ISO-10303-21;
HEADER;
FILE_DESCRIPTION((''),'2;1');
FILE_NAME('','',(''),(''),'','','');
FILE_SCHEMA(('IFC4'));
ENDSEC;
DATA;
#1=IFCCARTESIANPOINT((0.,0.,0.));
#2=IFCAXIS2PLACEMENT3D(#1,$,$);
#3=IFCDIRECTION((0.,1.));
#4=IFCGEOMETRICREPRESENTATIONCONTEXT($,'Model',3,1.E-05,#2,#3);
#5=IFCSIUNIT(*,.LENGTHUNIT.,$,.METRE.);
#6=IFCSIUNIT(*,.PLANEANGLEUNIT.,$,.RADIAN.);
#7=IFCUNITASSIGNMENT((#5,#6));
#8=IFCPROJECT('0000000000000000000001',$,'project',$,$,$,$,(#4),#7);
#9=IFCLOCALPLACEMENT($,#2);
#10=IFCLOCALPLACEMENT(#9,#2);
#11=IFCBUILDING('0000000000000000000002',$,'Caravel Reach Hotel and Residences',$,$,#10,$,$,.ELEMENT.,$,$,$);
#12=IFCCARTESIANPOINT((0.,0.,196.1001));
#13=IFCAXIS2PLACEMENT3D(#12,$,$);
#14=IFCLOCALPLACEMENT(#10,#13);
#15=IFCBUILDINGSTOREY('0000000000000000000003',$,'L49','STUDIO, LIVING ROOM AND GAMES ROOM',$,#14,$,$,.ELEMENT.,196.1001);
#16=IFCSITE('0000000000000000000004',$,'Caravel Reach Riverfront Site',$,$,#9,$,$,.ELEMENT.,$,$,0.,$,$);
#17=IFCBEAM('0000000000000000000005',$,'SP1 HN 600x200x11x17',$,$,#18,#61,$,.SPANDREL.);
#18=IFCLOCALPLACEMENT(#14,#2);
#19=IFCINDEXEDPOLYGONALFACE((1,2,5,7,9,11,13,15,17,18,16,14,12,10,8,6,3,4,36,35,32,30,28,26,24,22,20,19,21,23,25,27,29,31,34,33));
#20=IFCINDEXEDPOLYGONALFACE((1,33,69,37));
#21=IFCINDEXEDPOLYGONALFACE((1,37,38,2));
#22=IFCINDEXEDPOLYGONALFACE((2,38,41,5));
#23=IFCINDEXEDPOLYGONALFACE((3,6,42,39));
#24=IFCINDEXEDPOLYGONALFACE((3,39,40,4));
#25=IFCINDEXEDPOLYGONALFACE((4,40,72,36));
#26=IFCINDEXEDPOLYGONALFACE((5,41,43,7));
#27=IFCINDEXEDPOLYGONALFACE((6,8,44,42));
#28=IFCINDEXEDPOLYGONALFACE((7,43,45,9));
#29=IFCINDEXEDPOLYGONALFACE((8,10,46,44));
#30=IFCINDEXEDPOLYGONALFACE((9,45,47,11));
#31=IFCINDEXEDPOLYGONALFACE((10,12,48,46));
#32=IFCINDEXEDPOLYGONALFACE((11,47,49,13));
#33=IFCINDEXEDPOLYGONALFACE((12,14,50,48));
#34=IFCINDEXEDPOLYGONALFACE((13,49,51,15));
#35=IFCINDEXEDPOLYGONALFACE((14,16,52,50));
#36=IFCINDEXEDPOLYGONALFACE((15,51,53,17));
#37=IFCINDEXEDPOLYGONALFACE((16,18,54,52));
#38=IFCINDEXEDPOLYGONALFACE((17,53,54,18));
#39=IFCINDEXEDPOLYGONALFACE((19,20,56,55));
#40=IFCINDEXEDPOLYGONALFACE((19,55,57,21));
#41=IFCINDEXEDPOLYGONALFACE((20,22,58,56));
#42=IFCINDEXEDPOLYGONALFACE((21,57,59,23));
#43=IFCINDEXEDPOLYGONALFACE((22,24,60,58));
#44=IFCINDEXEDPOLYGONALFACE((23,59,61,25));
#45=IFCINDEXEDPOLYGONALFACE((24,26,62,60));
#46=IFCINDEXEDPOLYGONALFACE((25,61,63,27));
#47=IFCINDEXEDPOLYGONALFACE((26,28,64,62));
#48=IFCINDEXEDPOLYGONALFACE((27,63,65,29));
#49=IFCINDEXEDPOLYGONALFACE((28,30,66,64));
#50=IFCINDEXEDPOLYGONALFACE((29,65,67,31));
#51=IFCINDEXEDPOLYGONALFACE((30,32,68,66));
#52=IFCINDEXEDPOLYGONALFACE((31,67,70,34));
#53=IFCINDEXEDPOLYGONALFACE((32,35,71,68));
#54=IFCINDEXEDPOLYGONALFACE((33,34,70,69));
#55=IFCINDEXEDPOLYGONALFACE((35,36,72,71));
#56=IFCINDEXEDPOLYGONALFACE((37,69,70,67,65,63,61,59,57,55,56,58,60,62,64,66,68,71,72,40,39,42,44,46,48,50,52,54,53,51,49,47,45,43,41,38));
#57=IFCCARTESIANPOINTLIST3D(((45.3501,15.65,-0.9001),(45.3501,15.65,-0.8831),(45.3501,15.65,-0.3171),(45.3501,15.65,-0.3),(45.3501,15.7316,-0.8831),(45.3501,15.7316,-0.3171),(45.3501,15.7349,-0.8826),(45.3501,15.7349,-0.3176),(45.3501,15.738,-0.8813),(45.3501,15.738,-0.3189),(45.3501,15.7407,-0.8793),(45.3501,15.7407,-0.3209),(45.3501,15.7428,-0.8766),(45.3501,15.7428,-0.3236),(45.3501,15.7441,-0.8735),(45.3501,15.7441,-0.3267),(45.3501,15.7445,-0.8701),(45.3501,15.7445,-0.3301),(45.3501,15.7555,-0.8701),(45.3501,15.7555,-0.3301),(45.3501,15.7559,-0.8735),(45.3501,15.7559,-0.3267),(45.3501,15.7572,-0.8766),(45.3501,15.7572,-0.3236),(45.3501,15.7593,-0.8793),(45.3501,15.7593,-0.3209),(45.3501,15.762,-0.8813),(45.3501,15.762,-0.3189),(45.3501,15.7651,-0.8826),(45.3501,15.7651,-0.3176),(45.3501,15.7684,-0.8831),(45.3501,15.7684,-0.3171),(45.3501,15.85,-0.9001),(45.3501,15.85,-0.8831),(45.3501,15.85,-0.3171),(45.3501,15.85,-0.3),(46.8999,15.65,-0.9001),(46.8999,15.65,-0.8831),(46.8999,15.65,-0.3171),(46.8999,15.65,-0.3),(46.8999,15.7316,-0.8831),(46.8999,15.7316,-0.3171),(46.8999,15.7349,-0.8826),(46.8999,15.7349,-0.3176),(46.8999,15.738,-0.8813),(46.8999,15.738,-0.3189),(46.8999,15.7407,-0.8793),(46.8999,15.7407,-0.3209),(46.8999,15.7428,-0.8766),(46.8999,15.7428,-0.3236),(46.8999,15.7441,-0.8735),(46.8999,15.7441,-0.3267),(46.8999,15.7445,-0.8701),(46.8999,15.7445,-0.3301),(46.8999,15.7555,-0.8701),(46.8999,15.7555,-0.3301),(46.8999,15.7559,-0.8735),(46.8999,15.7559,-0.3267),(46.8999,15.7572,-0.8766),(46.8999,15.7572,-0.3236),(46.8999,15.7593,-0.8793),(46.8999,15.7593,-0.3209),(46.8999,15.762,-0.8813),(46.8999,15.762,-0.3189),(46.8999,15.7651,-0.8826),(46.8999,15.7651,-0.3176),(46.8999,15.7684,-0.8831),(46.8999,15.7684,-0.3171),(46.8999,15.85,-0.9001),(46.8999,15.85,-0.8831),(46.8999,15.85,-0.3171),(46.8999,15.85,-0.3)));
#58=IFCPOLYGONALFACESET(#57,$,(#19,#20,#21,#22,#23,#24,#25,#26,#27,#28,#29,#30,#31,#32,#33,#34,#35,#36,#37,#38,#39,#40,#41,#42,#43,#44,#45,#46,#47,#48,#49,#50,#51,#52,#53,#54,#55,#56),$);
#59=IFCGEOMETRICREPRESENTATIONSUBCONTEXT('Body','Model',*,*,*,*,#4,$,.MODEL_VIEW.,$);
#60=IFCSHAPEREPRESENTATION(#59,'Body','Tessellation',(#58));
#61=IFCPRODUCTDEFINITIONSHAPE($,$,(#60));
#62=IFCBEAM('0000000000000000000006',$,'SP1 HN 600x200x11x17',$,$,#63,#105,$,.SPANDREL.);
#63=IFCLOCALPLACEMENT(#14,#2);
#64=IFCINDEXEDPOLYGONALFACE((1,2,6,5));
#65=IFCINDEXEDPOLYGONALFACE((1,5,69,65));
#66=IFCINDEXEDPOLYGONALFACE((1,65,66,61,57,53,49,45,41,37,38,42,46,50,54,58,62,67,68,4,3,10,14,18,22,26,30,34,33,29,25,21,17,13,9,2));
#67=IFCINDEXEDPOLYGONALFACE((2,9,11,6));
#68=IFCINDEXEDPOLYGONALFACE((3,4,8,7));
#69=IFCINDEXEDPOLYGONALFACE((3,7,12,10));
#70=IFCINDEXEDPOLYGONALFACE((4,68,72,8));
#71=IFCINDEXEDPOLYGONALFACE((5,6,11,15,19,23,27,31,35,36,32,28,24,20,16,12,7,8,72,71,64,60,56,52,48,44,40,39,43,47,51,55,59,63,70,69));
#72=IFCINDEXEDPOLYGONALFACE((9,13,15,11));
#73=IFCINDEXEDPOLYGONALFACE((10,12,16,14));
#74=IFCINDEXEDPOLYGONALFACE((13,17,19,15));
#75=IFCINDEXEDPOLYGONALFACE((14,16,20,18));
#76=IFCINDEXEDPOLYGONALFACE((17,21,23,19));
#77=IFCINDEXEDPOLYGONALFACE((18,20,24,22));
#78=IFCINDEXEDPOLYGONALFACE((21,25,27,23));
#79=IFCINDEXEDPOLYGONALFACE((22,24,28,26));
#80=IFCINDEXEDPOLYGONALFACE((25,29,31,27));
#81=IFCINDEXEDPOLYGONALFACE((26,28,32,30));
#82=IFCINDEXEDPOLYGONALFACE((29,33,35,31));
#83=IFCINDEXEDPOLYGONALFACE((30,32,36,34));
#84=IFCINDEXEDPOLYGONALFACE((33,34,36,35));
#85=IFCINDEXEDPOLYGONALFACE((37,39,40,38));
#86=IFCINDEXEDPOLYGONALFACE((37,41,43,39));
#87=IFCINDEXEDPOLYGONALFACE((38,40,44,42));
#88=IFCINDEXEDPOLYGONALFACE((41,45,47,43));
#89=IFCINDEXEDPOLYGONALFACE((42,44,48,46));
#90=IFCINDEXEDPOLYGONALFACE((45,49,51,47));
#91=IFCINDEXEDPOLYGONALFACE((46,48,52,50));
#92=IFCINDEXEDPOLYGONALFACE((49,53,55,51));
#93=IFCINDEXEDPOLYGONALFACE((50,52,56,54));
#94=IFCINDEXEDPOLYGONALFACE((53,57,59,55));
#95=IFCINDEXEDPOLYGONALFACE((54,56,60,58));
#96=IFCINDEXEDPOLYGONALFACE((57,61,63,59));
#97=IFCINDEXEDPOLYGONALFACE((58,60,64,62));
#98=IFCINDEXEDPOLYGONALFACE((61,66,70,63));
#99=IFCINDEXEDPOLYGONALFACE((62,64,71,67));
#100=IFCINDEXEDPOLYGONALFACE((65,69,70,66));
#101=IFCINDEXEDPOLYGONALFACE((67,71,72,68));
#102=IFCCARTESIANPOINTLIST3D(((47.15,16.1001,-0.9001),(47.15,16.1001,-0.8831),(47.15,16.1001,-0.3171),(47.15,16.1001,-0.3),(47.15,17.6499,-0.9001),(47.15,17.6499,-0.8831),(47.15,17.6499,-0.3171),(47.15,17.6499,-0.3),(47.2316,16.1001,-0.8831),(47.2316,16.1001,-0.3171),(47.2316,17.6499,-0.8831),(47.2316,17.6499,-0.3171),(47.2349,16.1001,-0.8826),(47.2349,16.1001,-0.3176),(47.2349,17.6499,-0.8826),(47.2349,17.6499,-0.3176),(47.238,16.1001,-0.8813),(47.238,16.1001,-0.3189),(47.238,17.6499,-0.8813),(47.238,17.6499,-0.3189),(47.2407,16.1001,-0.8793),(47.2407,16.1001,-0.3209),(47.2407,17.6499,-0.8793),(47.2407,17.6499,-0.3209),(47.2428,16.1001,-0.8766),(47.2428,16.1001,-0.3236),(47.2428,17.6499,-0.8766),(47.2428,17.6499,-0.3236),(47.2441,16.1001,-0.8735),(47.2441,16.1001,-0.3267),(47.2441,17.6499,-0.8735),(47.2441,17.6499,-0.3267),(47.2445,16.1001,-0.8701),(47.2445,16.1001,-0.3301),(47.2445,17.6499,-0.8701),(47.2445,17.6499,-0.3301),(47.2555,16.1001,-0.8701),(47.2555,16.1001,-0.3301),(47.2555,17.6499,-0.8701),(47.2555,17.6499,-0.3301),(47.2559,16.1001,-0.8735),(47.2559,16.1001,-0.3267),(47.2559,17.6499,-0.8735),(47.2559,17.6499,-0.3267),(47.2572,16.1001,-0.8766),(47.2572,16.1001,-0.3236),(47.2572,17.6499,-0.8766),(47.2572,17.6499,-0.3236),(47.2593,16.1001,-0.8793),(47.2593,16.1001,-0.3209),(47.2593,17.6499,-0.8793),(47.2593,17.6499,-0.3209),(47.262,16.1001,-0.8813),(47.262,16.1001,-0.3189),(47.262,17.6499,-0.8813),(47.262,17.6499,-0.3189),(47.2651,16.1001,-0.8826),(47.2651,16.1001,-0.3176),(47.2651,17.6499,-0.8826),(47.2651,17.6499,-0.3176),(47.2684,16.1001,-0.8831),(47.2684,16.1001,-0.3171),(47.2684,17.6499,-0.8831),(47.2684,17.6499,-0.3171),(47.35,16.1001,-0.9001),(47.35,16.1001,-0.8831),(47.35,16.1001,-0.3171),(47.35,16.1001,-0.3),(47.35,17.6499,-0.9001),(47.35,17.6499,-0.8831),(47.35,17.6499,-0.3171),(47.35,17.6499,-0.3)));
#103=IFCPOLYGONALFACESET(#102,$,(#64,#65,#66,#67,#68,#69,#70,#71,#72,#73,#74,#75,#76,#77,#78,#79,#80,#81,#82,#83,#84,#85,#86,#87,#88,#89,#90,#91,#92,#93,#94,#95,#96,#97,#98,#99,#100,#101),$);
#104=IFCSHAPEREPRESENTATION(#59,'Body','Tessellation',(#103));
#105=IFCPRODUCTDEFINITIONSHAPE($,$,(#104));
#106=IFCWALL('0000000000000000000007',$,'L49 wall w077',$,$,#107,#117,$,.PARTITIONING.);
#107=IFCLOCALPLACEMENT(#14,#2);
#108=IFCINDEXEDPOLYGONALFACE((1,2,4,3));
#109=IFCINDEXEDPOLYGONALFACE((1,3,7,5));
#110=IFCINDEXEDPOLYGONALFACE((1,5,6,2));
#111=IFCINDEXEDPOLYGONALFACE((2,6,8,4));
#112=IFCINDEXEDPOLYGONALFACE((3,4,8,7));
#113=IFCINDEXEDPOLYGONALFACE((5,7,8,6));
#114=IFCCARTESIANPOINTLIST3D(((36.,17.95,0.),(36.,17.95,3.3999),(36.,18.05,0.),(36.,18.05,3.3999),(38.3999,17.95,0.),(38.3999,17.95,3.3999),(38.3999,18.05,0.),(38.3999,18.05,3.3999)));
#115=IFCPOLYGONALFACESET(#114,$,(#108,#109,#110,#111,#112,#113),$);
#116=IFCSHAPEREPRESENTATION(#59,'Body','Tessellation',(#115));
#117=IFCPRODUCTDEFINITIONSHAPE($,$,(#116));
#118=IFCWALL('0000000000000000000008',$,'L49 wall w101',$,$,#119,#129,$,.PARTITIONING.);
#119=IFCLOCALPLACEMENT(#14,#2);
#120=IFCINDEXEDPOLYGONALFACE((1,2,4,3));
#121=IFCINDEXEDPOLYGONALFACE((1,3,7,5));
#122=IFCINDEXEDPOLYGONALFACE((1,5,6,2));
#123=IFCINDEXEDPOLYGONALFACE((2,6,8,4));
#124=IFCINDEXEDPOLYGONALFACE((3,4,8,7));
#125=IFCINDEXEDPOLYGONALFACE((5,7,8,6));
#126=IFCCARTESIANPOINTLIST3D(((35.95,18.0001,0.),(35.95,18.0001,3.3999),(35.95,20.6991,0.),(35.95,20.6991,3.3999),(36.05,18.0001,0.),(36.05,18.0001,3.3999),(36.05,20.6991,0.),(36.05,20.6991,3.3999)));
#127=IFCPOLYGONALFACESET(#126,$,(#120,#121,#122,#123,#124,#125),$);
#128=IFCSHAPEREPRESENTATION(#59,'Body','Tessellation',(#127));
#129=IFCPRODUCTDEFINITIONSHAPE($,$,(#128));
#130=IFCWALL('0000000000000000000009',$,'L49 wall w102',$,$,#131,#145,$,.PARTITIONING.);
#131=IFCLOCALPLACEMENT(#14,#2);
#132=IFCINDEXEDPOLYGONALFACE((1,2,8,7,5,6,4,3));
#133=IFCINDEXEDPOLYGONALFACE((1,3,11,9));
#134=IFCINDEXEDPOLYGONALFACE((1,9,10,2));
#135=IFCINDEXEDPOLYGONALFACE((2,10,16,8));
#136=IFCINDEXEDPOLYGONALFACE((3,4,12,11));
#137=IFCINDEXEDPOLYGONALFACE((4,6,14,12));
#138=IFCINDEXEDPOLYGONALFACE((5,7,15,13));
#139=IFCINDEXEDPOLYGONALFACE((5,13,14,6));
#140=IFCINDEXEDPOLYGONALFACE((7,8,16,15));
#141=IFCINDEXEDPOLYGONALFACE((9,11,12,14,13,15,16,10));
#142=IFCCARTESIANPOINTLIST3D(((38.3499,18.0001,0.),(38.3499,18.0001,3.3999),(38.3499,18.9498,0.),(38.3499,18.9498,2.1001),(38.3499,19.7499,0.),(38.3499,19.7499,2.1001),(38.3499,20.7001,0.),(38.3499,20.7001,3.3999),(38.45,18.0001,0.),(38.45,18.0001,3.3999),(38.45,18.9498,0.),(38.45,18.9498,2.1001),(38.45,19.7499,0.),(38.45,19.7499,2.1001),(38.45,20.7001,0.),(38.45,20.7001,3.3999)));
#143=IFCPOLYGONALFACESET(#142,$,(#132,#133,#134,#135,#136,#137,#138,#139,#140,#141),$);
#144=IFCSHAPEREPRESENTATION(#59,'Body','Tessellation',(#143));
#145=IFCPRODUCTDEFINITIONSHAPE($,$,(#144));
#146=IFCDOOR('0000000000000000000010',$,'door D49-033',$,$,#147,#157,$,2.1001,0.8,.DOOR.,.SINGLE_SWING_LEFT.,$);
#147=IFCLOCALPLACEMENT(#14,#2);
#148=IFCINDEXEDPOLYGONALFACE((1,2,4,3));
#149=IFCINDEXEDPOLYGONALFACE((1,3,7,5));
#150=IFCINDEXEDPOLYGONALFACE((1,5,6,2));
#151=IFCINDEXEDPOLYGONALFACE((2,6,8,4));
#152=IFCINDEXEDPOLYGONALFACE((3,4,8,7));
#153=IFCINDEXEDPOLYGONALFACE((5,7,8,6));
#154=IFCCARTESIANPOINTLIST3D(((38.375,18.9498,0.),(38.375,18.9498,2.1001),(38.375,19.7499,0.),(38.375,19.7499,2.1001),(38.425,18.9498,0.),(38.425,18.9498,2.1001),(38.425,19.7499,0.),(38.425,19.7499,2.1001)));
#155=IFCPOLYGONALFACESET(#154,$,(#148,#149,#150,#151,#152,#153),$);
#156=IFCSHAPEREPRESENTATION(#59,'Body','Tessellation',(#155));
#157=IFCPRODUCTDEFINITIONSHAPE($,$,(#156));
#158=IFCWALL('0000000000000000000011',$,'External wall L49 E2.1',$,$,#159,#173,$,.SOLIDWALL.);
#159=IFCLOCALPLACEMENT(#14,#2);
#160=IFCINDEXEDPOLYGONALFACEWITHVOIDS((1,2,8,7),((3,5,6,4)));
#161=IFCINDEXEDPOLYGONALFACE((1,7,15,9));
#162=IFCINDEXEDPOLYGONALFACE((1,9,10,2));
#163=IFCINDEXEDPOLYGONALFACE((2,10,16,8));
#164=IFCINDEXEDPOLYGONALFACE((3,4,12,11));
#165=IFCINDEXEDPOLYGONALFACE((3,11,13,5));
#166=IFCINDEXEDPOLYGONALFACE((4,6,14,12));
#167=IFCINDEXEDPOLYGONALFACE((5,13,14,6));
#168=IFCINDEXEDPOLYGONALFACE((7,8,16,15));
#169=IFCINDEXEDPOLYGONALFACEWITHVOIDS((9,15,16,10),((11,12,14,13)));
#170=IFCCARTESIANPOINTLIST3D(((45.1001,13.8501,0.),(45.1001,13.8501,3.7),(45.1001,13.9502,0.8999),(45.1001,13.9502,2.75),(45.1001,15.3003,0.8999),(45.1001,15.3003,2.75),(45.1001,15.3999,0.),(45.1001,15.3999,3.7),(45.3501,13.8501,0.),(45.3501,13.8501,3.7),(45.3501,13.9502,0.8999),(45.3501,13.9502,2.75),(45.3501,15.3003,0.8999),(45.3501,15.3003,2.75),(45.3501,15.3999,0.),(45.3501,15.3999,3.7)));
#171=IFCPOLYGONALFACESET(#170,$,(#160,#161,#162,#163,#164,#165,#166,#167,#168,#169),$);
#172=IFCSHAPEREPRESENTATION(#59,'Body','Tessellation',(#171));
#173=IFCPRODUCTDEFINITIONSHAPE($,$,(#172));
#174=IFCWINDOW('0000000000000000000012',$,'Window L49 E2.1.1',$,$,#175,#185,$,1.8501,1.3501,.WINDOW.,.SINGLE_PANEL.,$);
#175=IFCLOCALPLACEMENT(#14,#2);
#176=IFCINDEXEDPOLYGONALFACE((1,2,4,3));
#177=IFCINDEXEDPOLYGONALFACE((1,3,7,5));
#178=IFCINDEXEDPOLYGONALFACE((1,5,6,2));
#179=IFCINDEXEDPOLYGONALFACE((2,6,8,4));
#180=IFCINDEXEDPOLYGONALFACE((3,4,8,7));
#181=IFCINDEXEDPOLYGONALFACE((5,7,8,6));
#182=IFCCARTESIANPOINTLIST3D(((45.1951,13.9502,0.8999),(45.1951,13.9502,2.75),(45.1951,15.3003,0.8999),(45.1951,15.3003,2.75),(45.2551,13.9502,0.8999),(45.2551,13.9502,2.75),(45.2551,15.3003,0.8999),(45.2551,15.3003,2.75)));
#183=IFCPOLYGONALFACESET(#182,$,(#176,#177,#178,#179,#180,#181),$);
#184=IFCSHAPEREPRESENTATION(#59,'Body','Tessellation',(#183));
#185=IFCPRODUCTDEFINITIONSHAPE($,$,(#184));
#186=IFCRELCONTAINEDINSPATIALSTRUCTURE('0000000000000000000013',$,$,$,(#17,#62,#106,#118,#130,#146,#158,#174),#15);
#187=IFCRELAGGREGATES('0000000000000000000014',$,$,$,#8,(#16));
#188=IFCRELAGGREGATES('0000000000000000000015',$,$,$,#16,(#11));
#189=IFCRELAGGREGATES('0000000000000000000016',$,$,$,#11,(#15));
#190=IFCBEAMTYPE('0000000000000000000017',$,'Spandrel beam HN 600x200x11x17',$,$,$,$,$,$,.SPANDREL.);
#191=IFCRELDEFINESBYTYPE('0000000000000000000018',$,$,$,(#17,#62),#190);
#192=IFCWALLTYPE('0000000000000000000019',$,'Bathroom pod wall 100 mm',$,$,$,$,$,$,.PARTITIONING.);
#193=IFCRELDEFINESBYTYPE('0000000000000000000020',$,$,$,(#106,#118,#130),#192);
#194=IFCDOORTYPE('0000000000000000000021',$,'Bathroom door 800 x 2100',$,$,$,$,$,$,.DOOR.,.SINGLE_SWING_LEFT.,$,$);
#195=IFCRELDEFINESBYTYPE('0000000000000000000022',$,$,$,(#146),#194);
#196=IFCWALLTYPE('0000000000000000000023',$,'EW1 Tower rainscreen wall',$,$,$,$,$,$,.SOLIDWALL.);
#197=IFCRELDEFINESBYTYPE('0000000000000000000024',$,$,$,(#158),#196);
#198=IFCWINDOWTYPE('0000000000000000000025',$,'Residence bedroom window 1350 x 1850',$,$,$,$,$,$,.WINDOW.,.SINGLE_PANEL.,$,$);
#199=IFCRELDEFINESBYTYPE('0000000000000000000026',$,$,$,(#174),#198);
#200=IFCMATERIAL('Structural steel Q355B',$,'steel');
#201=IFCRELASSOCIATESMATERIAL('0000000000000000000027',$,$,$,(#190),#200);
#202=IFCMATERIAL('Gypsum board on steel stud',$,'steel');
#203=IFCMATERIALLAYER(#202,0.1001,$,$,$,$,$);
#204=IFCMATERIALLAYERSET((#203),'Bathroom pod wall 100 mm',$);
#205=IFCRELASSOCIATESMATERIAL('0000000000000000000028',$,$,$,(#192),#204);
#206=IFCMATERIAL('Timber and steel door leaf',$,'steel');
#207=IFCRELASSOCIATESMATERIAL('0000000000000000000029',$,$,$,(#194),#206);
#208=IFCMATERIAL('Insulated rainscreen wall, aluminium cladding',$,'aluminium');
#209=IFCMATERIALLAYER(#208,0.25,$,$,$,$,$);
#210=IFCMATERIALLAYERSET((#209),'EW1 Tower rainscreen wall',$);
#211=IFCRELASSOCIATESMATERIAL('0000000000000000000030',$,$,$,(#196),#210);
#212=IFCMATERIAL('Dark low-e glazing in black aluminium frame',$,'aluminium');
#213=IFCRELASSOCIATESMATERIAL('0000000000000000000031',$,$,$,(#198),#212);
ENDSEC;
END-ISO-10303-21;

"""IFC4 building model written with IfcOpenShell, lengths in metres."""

from ifc_helpers import new_model, si_unit, direction, frame, frame_2d, origin, origin_2d, place, context, subcontext, project, spatial, rectangle, i_section, extrude, material, layer, layer_set, material_profile, profile_set, type_object, element, fill, save


model = new_model("IFC4")

# Units and contexts
model_context = context("Model", 3, precision=1e-05, world=origin(), true_north=direction((0.0, 1.0)))
body_context = subcontext(model_context, "Body", "Model", "MODEL_VIEW")
ifc_project = project(units=[si_unit("LENGTHUNIT", "METRE"), si_unit("PLANEANGLEUNIT", "RADIAN")], contexts=[model_context])

# Site, building, storey
site_placement = place(None, origin())
site = spatial("IfcSite", under=ifc_project, at=site_placement, Name="Caravel Reach Riverfront Site", CompositionType="ELEMENT", RefElevation=0.0)
building_placement = place(site_placement, origin())
building = spatial("IfcBuilding", under=site, at=building_placement, Name="Caravel Reach Hotel and Residences", CompositionType="ELEMENT")
storey_placement = place(building_placement, frame((0.0, 0.0, 196.1001)))
storey = spatial("IfcBuildingStorey", under=building, at=storey_placement, Name="L49", Description="STUDIO, LIVING ROOM AND GAMES ROOM", CompositionType="ELEMENT", Elevation=196.1001)

# Beams
ifc_material_1 = material(Name="Structural steel Q355B", Category="steel")
ifc_material_profile_1 = material_profile(ifc_material_1, i_section(OverallWidth=0.2, OverallDepth=0.6001, WebThickness=0.011, FlangeThickness=0.0171, FilletRadius=0.0129, at=origin_2d()), Name="HN 600x200x11x17")
ifc_profile_set_1 = profile_set([ifc_material_profile_1], Name="Structural steel Q355B")
beam_type = type_object("IfcBeamType", Name="Spandrel beam HN 600x200x11x17", PredefinedType="SPANDREL", material=ifc_profile_set_1)
for number, where, z_axis, x_axis, name in (
    (1, (45.3501, 15.75, -0.6001), (1.0, 0.0, 0.0), (0.0, 1.0, 0.0), "SP1 HN 600x200x11x17"),
    (2, (47.25, 16.1001, -0.6001), (0.0, 1.0, 0.0), (-1.0, 0.0, 0.0), "SP1 HN 600x200x11x17"),
):
    element("IfcBeam", number, at=place(storey_placement, frame(where, z_axis=z_axis, x_axis=x_axis)), inside=storey, type_object=beam_type, Name=name, PredefinedType="SPANDREL", context=body_context, shape_type="SweptSolid", body=[
        extrude(i_section(OverallWidth=0.2, OverallDepth=0.6001, WebThickness=0.011, FlangeThickness=0.0171, FilletRadius=0.0129, at=origin_2d()), origin(), (0.0, 0.0, 1.0), 1.5498),
    ])

# Walls
ifc_material_2 = material(Name="Gypsum board on steel stud", Category="steel")
ifc_layer_1 = layer(ifc_material_2, 0.1001)
ifc_layer_set_1 = layer_set([ifc_layer_1], Name="Bathroom pod wall 100 mm")
wall_type_1 = type_object("IfcWallType", Name="Bathroom pod wall 100 mm", PredefinedType="PARTITIONING", material=ifc_layer_set_1)
wall_1_placement = place(storey_placement, frame((36.0, 18.0, 0.0), z_axis=(0.0, 0.0, 1.0), x_axis=(1.0, 0.0, 0.0)))
element("IfcWall", 3, at=wall_1_placement, inside=storey, type_object=wall_type_1, Name="L49 wall w077", PredefinedType="PARTITIONING", context=body_context, shape_type="SweptSolid", body=[
    extrude(rectangle(XDim=2.3999, YDim=0.1001, at=frame_2d((1.2, 0.0))), origin(), (0.0, 0.0, 1.0), 3.3999),
])
wall_2_placement = place(storey_placement, frame((36.0, 18.0, 0.0), z_axis=(0.0, 0.0, 1.0), x_axis=(0.0, 1.0, 0.0)))
element("IfcWall", 4, at=wall_2_placement, inside=storey, type_object=wall_type_1, Name="L49 wall w101", PredefinedType="PARTITIONING", context=body_context, shape_type="SweptSolid", body=[
    extrude(rectangle(XDim=2.699, YDim=0.1001, at=frame_2d((1.3496, 0.0))), origin(), (0.0, 0.0, 1.0), 3.3999),
])

# Wall, opening, door
wall_3_placement = place(storey_placement, frame((38.3999, 18.0, 0.0), z_axis=(0.0, 0.0, 1.0), x_axis=(0.0, 1.0, 0.0)))
wall_3 = element("IfcWall", 5, at=wall_3_placement, inside=storey, type_object=wall_type_1, Name="L49 wall w102", PredefinedType="PARTITIONING", context=body_context, shape_type="SweptSolid", body=[
    extrude(rectangle(XDim=2.7, YDim=0.1001, at=frame_2d((1.3501, 0.0))), origin(), (0.0, 0.0, 1.0), 3.3999),
])
opening_1_placement = place(wall_3_placement, frame((0.95, 0.0, 0.0)))
opening_1 = element("IfcOpeningElement", 6, at=opening_1_placement, cuts=wall_3, PredefinedType="OPENING", context=body_context, shape_type="SweptSolid", body=[
    extrude(rectangle(XDim=0.8, YDim=2.1001, at=frame_2d((0.3999, 1.05))), frame((0.0, 0.0601, 0.0), z_axis=(0.0, -1.0, 0.0), x_axis=(1.0, 0.0, 0.0)), (0.0, 0.0, 1.0), 0.1201),
])
ifc_material_3 = material(Name="Timber and steel door leaf", Category="steel")
door_type_1 = type_object("IfcDoorType", Name="Bathroom door 800 x 2100", OperationType="SINGLE_SWING_LEFT", PredefinedType="DOOR", material=ifc_material_3)
door_1_placement = place(opening_1_placement, origin())
door_1 = element("IfcDoor", 7, at=door_1_placement, inside=storey, type_object=door_type_1, Name="door D49-033", OperationType="SINGLE_SWING_LEFT", OverallHeight=2.1001, OverallWidth=0.8, PredefinedType="DOOR", context=body_context, shape_type="SweptSolid", body=[
    extrude(rectangle(XDim=0.8, YDim=2.1001, at=frame_2d((0.3999, 1.05))), frame((0.0, 0.0249, 0.0), z_axis=(0.0, -1.0, 0.0), x_axis=(1.0, 0.0, 0.0)), (0.0, 0.0, 1.0), 0.05),
])
fill(opening_1, door_1)

# Wall, opening, window
ifc_material_4 = material(Name="Insulated rainscreen wall, aluminium cladding", Category="aluminium")
ifc_layer_2 = layer(ifc_material_4, 0.25)
ifc_layer_set_2 = layer_set([ifc_layer_2], Name="EW1 Tower rainscreen wall")
wall_type_2 = type_object("IfcWallType", Name="EW1 Tower rainscreen wall", PredefinedType="SOLIDWALL", material=ifc_layer_set_2)
wall_4_placement = place(storey_placement, frame((45.2251, 13.8501, 0.0), z_axis=(0.0, 0.0, 1.0), x_axis=(0.0, 1.0, 0.0)))
wall_4 = element("IfcWall", 8, at=wall_4_placement, inside=storey, type_object=wall_type_2, Name="External wall L49 E2.1", PredefinedType="SOLIDWALL", context=body_context, shape_type="SweptSolid", body=[
    extrude(rectangle(XDim=1.5498, YDim=0.25, at=frame_2d((0.7749, 0.0))), origin(), (0.0, 0.0, 1.0), 3.7),
])
opening_2_placement = place(wall_4_placement, frame((0.1001, 0.0, 0.8999)))
opening_2 = element("IfcOpeningElement", 9, at=opening_2_placement, cuts=wall_4, PredefinedType="OPENING", context=body_context, shape_type="SweptSolid", body=[
    extrude(rectangle(XDim=1.3501, YDim=1.8501, at=frame_2d((0.675, 0.925))), frame((0.0, 0.135, 0.0), z_axis=(0.0, -1.0, 0.0), x_axis=(1.0, 0.0, 0.0)), (0.0, 0.0, 1.0), 0.27),
])
ifc_material_5 = material(Name="Dark low-e glazing in black aluminium frame", Category="aluminium")
window_type = type_object("IfcWindowType", Name="Residence bedroom window 1350 x 1850", PartitioningType="SINGLE_PANEL", PredefinedType="WINDOW", material=ifc_material_5)
window_1_placement = place(opening_2_placement, origin())
window_1 = element("IfcWindow", 10, at=window_1_placement, inside=storey, type_object=window_type, Name="Window L49 E2.1.1", OverallHeight=1.8501, OverallWidth=1.3501, PartitioningType="SINGLE_PANEL", PredefinedType="WINDOW", context=body_context, shape_type="SweptSolid", body=[
    extrude(rectangle(XDim=1.3501, YDim=1.8501, at=frame_2d((0.675, 0.925))), frame((0.0, 0.03, 0.0), z_axis=(0.0, -1.0, 0.0), x_axis=(1.0, 0.0, 0.0)), (0.0, 0.0, 1.0), 0.0601),
])
fill(opening_2, window_1)

save(model, "model.ifc")
